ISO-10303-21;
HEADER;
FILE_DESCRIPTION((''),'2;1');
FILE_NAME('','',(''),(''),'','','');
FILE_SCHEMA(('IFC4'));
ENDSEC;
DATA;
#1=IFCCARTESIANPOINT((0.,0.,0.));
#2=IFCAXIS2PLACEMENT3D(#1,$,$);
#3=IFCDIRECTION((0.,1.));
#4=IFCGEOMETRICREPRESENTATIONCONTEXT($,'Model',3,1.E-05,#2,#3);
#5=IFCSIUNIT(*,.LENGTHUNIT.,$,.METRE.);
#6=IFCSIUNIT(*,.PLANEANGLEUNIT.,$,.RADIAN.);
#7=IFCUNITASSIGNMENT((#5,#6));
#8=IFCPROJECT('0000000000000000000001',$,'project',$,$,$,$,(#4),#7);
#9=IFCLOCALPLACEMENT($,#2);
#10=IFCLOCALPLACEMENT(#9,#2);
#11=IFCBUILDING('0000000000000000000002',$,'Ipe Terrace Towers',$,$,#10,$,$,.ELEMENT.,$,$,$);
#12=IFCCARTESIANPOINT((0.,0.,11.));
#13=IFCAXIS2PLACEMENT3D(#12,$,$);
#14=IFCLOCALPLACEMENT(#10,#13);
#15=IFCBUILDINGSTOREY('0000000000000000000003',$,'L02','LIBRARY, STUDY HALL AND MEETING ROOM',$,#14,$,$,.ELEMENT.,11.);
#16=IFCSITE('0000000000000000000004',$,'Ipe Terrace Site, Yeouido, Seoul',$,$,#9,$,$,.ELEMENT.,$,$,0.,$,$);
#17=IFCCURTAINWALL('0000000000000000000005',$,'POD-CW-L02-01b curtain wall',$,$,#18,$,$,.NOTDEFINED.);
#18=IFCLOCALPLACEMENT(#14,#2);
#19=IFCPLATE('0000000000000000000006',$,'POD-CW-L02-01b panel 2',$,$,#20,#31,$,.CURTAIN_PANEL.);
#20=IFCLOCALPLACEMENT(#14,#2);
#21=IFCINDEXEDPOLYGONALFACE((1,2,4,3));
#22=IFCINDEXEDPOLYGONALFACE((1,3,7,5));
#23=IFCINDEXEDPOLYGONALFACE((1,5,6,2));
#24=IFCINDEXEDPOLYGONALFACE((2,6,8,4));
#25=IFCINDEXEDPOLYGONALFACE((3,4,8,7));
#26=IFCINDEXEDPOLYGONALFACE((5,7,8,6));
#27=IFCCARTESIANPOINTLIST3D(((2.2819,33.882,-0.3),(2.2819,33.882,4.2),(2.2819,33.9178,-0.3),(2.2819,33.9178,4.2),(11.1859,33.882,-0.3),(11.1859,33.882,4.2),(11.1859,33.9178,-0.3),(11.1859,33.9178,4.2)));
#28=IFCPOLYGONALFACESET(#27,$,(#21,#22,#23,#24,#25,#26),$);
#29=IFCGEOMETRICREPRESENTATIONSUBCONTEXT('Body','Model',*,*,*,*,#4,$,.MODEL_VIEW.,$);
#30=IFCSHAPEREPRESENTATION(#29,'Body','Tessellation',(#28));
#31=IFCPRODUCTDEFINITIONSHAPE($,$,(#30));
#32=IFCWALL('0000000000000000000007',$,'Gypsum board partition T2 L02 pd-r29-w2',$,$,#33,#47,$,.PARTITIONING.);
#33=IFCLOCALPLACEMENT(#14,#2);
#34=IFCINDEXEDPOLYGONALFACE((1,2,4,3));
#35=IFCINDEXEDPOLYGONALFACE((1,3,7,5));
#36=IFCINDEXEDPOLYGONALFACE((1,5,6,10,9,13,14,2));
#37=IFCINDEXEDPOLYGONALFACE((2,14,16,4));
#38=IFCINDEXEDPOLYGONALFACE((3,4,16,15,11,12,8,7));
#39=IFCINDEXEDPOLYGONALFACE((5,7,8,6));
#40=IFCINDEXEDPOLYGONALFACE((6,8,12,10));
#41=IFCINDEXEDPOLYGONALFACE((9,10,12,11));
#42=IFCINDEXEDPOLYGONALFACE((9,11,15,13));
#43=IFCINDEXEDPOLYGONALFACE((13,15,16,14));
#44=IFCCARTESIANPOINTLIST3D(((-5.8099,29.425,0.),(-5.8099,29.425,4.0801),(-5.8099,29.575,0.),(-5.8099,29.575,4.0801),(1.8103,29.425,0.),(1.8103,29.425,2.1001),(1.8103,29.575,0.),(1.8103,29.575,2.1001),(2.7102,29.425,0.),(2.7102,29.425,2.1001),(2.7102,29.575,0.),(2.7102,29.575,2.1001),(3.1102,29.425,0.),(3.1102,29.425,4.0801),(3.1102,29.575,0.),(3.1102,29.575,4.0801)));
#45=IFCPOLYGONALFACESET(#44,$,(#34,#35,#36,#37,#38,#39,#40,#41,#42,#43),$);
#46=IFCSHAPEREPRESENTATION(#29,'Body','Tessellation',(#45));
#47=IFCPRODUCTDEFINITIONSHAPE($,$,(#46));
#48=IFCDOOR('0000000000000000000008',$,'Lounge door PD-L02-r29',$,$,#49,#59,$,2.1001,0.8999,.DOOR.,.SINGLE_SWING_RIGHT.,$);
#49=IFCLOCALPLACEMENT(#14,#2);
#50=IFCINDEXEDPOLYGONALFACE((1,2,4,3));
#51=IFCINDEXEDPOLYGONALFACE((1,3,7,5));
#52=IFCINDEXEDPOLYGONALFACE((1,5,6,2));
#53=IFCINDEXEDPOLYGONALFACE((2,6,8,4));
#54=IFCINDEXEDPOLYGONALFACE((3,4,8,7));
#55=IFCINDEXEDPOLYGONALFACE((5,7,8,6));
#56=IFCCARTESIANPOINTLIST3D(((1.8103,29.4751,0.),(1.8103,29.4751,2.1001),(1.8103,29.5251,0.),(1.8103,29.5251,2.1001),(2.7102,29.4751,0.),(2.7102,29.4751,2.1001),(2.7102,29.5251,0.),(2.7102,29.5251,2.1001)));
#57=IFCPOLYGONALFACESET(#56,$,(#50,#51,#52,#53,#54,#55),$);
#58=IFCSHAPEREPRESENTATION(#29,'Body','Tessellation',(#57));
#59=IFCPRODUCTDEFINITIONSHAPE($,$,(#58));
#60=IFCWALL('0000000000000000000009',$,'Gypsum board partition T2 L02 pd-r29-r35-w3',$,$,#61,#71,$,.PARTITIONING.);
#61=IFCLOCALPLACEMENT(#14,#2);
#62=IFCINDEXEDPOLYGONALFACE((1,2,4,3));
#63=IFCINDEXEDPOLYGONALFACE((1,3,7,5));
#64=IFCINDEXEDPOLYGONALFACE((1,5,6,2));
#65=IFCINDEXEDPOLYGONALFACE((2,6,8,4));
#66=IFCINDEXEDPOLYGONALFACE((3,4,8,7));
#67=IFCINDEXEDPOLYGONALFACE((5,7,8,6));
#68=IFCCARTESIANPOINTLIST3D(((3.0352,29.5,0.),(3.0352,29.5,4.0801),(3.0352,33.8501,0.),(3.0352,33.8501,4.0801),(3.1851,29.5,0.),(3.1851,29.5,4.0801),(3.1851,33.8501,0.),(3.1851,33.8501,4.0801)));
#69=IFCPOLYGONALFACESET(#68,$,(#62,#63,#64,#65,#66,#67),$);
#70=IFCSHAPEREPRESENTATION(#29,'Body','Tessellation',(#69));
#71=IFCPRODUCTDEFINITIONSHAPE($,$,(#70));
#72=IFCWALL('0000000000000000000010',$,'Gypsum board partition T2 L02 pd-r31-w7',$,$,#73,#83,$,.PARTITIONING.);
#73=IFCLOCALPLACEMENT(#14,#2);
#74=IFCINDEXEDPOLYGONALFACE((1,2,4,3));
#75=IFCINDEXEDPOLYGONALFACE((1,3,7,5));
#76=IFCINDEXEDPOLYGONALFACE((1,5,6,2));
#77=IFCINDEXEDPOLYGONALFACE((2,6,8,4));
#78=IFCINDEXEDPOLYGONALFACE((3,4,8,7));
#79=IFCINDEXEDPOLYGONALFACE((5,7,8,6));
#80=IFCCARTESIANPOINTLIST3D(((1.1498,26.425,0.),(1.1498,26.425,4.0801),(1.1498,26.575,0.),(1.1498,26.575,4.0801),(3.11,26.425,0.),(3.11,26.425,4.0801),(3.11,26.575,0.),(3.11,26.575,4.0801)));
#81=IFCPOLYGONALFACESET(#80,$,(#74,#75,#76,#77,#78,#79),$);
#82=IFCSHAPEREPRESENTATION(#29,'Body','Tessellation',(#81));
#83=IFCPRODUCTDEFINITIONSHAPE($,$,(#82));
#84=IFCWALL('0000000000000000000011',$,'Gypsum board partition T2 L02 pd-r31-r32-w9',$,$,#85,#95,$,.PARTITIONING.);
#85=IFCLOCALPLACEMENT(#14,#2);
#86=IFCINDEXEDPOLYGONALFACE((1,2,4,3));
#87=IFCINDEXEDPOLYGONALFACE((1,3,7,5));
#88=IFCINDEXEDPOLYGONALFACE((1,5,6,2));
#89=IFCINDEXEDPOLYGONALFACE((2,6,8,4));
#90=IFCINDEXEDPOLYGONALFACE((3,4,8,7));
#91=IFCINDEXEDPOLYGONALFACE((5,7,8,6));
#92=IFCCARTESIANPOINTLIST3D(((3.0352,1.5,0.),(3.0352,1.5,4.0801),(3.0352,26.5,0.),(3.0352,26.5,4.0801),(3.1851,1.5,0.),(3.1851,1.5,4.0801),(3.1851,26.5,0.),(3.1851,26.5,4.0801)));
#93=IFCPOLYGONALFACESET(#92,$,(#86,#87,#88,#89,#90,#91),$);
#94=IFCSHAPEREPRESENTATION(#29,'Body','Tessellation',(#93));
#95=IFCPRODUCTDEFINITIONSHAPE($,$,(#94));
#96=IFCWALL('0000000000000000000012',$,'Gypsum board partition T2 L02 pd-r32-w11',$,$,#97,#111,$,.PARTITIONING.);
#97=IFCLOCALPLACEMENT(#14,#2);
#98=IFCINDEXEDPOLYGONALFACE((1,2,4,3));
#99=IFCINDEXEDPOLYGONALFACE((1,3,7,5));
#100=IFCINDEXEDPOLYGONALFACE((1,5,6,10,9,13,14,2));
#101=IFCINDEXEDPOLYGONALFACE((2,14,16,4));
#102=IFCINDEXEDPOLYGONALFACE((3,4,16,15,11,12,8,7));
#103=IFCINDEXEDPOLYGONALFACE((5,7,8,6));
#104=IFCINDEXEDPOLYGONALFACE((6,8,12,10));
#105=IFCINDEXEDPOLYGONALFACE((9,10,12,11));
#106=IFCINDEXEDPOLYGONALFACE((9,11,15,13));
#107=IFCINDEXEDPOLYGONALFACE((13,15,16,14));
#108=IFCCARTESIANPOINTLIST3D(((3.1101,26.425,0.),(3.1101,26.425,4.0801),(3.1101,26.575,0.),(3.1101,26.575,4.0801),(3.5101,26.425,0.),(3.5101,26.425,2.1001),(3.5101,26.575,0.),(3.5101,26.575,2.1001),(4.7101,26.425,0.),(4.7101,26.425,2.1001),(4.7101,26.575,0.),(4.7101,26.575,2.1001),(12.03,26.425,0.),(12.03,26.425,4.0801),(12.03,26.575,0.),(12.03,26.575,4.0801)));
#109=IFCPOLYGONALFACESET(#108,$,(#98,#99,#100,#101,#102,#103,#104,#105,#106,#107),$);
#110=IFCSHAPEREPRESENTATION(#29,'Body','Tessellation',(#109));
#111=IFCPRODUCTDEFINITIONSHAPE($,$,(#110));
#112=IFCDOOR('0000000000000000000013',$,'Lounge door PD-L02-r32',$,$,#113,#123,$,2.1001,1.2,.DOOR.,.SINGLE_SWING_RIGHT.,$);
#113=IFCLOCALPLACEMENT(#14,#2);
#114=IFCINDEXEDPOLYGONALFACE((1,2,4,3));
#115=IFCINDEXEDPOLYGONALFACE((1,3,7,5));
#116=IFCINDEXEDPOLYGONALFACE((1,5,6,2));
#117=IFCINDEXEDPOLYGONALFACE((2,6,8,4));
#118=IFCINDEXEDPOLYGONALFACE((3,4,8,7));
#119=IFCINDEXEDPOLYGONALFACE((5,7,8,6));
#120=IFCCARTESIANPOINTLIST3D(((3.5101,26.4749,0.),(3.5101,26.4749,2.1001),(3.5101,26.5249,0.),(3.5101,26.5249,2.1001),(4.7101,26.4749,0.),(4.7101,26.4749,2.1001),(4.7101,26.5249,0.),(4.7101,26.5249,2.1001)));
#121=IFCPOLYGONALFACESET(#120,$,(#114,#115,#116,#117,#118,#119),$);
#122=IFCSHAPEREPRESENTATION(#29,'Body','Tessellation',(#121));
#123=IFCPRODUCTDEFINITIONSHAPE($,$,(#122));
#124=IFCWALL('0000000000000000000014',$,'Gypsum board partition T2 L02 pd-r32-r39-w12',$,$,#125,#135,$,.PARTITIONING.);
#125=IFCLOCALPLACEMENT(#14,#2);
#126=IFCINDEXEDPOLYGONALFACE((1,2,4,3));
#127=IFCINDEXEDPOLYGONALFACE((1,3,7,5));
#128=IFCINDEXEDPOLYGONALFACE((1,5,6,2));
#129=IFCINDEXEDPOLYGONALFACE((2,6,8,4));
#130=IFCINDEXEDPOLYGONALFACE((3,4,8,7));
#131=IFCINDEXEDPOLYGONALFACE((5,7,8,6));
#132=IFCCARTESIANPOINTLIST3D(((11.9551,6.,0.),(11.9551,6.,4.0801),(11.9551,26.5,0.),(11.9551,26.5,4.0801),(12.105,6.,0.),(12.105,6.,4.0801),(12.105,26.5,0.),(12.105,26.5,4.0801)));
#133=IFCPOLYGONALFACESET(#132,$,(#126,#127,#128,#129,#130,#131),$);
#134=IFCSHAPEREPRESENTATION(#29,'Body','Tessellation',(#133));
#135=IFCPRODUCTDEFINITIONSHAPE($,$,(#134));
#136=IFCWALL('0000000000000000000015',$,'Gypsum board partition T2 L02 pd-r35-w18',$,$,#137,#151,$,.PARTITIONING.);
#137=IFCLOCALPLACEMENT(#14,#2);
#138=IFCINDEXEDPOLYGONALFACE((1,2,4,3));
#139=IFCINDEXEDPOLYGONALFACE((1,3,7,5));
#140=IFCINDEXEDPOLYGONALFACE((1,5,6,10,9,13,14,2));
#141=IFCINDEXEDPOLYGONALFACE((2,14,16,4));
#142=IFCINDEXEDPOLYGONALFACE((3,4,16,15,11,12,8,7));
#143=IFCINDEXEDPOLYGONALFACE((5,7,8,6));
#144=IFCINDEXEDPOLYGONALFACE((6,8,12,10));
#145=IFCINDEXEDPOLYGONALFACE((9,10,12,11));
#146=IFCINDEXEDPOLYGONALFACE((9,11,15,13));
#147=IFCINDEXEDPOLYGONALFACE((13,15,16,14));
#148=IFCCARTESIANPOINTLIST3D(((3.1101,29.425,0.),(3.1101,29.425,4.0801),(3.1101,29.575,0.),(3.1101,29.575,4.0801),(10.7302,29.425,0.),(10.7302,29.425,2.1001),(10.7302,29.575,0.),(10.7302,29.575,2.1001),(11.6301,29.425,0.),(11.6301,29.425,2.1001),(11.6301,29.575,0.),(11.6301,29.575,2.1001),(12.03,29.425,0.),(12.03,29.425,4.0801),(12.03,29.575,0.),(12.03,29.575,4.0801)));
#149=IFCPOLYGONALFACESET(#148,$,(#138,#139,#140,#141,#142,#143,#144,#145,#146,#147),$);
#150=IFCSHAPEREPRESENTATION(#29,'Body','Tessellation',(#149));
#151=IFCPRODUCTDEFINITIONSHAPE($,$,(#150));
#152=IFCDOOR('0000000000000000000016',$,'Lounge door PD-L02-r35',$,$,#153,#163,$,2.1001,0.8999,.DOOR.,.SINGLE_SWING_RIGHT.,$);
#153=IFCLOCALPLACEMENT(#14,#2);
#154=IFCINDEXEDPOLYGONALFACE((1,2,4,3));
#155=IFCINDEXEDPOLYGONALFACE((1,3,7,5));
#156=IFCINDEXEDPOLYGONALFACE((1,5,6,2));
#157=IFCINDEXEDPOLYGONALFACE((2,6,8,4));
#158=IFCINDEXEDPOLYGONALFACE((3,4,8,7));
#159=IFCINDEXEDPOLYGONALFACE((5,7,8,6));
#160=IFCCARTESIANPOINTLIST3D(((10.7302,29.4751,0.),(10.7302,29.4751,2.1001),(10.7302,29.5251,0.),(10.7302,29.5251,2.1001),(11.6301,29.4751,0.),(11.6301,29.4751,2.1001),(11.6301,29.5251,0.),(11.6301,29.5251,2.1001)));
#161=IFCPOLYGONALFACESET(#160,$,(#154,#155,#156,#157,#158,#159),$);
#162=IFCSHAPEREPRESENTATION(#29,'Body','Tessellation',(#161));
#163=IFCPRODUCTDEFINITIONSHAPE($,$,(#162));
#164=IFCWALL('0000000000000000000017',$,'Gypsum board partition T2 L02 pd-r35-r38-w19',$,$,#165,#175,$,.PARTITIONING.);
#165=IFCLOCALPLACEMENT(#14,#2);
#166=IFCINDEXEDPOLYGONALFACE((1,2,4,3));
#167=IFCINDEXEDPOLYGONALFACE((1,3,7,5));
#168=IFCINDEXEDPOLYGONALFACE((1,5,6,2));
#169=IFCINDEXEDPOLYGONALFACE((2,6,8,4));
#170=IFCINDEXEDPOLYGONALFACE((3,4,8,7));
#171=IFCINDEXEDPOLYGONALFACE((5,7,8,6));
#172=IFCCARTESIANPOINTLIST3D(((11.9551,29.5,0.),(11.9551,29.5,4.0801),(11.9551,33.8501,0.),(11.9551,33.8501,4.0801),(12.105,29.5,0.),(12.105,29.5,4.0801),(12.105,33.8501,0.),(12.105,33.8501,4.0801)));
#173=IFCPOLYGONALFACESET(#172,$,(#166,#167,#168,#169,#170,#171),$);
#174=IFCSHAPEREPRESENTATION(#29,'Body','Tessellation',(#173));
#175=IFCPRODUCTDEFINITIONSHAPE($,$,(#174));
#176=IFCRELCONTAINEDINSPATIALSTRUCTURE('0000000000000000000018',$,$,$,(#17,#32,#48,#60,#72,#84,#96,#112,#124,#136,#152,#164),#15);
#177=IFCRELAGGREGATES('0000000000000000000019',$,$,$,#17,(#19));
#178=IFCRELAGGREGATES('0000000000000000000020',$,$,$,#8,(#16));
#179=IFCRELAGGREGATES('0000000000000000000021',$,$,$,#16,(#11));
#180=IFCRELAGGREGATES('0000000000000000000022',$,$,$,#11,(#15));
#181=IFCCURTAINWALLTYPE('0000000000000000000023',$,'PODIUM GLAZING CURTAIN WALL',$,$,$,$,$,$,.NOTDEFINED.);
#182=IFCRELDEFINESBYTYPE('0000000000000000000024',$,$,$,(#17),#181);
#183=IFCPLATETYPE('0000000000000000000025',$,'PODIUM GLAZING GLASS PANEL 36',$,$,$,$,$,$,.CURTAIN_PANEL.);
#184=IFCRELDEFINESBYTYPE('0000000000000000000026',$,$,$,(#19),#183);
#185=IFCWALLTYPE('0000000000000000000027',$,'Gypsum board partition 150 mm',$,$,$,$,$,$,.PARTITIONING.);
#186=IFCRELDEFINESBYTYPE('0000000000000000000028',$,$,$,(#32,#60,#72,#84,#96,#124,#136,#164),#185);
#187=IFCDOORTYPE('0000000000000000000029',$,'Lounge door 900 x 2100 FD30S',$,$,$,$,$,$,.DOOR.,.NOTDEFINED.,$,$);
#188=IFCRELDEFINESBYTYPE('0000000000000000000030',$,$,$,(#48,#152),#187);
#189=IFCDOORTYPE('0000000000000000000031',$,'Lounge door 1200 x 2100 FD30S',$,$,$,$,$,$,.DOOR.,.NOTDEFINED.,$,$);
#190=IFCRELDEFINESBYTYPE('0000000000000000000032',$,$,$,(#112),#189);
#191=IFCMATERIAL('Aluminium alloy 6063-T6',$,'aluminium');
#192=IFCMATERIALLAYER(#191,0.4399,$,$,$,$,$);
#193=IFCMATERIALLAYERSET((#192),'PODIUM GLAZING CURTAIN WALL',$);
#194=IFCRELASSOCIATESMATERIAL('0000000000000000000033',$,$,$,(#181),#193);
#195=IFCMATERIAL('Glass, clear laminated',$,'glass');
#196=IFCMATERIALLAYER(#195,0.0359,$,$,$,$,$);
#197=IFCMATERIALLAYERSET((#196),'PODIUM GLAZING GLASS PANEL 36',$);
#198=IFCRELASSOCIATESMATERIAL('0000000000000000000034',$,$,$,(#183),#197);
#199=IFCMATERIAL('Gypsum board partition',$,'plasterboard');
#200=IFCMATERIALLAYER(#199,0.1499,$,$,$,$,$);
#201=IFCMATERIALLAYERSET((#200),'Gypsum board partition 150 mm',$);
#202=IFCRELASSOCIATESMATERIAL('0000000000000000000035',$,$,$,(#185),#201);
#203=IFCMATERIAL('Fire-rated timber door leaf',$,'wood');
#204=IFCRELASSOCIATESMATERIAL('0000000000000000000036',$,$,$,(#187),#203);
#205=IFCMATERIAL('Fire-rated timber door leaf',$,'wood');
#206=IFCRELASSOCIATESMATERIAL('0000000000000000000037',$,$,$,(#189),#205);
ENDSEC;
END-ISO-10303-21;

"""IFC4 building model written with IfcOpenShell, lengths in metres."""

from ifc_helpers import new_model, si_unit, direction, frame, frame_2d, origin, origin_2d, place, context, subcontext, project, spatial, rectangle, extrude, material, layer, layer_set, type_object, element, fill, aggregate, save


model = new_model("IFC4")

# Units and contexts
model_context = context("Model", 3, precision=1e-05, world=origin(), true_north=direction((0.0, 1.0)))
body_context = subcontext(model_context, "Body", "Model", "MODEL_VIEW")
ifc_project = project(units=[si_unit("LENGTHUNIT", "METRE"), si_unit("PLANEANGLEUNIT", "RADIAN")], contexts=[model_context])

# Site, building, storey
site_placement = place(None, origin())
site = spatial("IfcSite", under=ifc_project, at=site_placement, Name="Ipe Terrace Site, Yeouido, Seoul", CompositionType="ELEMENT", RefElevation=0.0)
building_placement = place(site_placement, origin())
building = spatial("IfcBuilding", under=site, at=building_placement, Name="Ipe Terrace Towers", CompositionType="ELEMENT")
storey_placement = place(building_placement, frame((0.0, 0.0, 11.0)))
storey = spatial("IfcBuildingStorey", under=building, at=storey_placement, Name="L02", Description="LIBRARY, STUDY HALL AND MEETING ROOM", CompositionType="ELEMENT", Elevation=11.0)

# Curtain wall, plate
ifc_material_1 = material(Name="Aluminium alloy 6063-T6", Category="aluminium")
ifc_layer_1 = layer(ifc_material_1, 0.4399)
ifc_layer_set_1 = layer_set([ifc_layer_1], Name="PODIUM GLAZING CURTAIN WALL")
curtain_wall_type = type_object("IfcCurtainWallType", Name="PODIUM GLAZING CURTAIN WALL", PredefinedType="NOTDEFINED", material=ifc_layer_set_1)
curtain_wall_placement = place(storey_placement, origin())
curtain_wall = element("IfcCurtainWall", 1, at=curtain_wall_placement, inside=storey, type_object=curtain_wall_type, Name="POD-CW-L02-01b curtain wall", PredefinedType="NOTDEFINED")
ifc_material_2 = material(Name="Glass, clear laminated", Category="glass")
ifc_layer_2 = layer(ifc_material_2, 0.0359)
ifc_layer_set_2 = layer_set([ifc_layer_2], Name="PODIUM GLAZING GLASS PANEL 36")
plate_type = type_object("IfcPlateType", Name="PODIUM GLAZING GLASS PANEL 36", PredefinedType="CURTAIN_PANEL", material=ifc_layer_set_2)
plate_1_placement = place(storey_placement, frame((6.7339, 33.8999, -0.3), z_axis=(0.0, 0.0, 1.0), x_axis=(-1.0, 0.0, 0.0)))
plate_1 = element("IfcPlate", 2, at=plate_1_placement, type_object=plate_type, Name="POD-CW-L02-01b panel 2", PredefinedType="CURTAIN_PANEL", context=body_context, shape_type="SweptSolid", body=[
    extrude(rectangle(XDim=8.9041, YDim=0.0359, at=origin_2d()), origin(), (0.0, 0.0, 1.0), 4.5),
])
aggregate(curtain_wall, [plate_1])

# Wall, opening, door
ifc_material_3 = material(Name="Gypsum board partition", Category="plasterboard")
ifc_layer_3 = layer(ifc_material_3, 0.1499)
ifc_layer_set_3 = layer_set([ifc_layer_3], Name="Gypsum board partition 150 mm")
wall_type = type_object("IfcWallType", Name="Gypsum board partition 150 mm", PredefinedType="PARTITIONING", material=ifc_layer_set_3)
wall_1_placement = place(storey_placement, frame((3.1101, 29.5, 0.0), z_axis=(0.0, 0.0, 1.0), x_axis=(-1.0, 0.0, 0.0)))
wall_1 = element("IfcWall", 3, at=wall_1_placement, inside=storey, type_object=wall_type, Name="Gypsum board partition T2 L02 pd-r29-w2", PredefinedType="PARTITIONING", context=body_context, shape_type="SweptSolid", body=[
    extrude(rectangle(XDim=8.9202, YDim=0.1499, at=frame_2d((4.46, 0.0))), origin(), (0.0, 0.0, 1.0), 4.0801),
])
opening_1_placement = place(wall_1_placement, frame((0.3999, 0.0, 0.0)))
opening_1 = element("IfcOpeningElement", 4, at=opening_1_placement, cuts=wall_1, PredefinedType="OPENING", context=body_context, shape_type="SweptSolid", body=[
    extrude(rectangle(XDim=0.8999, YDim=2.1001, at=frame_2d((0.45, 1.05))), frame((0.0, 0.085, 0.0), z_axis=(0.0, -1.0, 0.0), x_axis=(1.0, 0.0, 0.0)), (0.0, 0.0, 1.0), 0.1699),
])
ifc_material_4 = material(Name="Fire-rated timber door leaf", Category="wood")
door_type_1 = type_object("IfcDoorType", Name="Lounge door 900 x 2100 FD30S", OperationType="NOTDEFINED", PredefinedType="DOOR", material=ifc_material_4)
door_1_placement = place(opening_1_placement, origin())
door_1 = element("IfcDoor", 5, at=door_1_placement, inside=storey, type_object=door_type_1, Name="Lounge door PD-L02-r29", OperationType="SINGLE_SWING_RIGHT", OverallHeight=2.1001, OverallWidth=0.8999, PredefinedType="DOOR", context=body_context, shape_type="SweptSolid", body=[
    extrude(rectangle(XDim=0.8999, YDim=2.1001, at=frame_2d((0.45, 1.05))), frame((0.0, 0.0249, 0.0), z_axis=(0.0, -1.0, 0.0), x_axis=(1.0, 0.0, 0.0)), (0.0, 0.0, 1.0), 0.05),
])
fill(opening_1, door_1)

# Walls
wall_2_placement = place(storey_placement, frame((3.1101, 33.8501, 0.0), z_axis=(0.0, 0.0, 1.0), x_axis=(0.0, -1.0, 0.0)))
element("IfcWall", 6, at=wall_2_placement, inside=storey, type_object=wall_type, Name="Gypsum board partition T2 L02 pd-r29-r35-w3", PredefinedType="PARTITIONING", context=body_context, shape_type="SweptSolid", body=[
    extrude(rectangle(XDim=4.3501, YDim=0.1499, at=frame_2d((2.175, 0.0))), origin(), (0.0, 0.0, 1.0), 4.0801),
])
wall_3_placement = place(storey_placement, frame((1.1499, 26.5, 0.0), z_axis=(0.0, 0.0, 1.0), x_axis=(1.0, 0.0, 0.0)))
element("IfcWall", 7, at=wall_3_placement, inside=storey, type_object=wall_type, Name="Gypsum board partition T2 L02 pd-r31-w7", PredefinedType="PARTITIONING", context=body_context, shape_type="SweptSolid", body=[
    extrude(rectangle(XDim=1.9602, YDim=0.1499, at=frame_2d((0.98, 0.0))), origin(), (0.0, 0.0, 1.0), 4.0801),
])
wall_4_placement = place(storey_placement, frame((3.1101, 26.5, 0.0), z_axis=(0.0, 0.0, 1.0), x_axis=(0.0, -1.0, 0.0)))
element("IfcWall", 8, at=wall_4_placement, inside=storey, type_object=wall_type, Name="Gypsum board partition T2 L02 pd-r31-r32-w9", PredefinedType="PARTITIONING", context=body_context, shape_type="SweptSolid", body=[
    extrude(rectangle(XDim=25.0, YDim=0.1499, at=frame_2d((12.5, 0.0))), origin(), (0.0, 0.0, 1.0), 4.0801),
])

# Wall, opening, door
wall_5_placement = place(storey_placement, frame((3.1101, 26.5, 0.0), z_axis=(0.0, 0.0, 1.0), x_axis=(1.0, 0.0, 0.0)))
wall_5 = element("IfcWall", 9, at=wall_5_placement, inside=storey, type_object=wall_type, Name="Gypsum board partition T2 L02 pd-r32-w11", PredefinedType="PARTITIONING", context=body_context, shape_type="SweptSolid", body=[
    extrude(rectangle(XDim=8.9199, YDim=0.1499, at=frame_2d((4.46, 0.0))), origin(), (0.0, 0.0, 1.0), 4.0801),
])
opening_2_placement = place(wall_5_placement, frame((0.3999, 0.0, 0.0)))
opening_2 = element("IfcOpeningElement", 10, at=opening_2_placement, cuts=wall_5, PredefinedType="OPENING", context=body_context, shape_type="SweptSolid", body=[
    extrude(rectangle(XDim=1.2, YDim=2.1001, at=frame_2d((0.6001, 1.05))), frame((0.0, 0.085, 0.0), z_axis=(0.0, -1.0, 0.0), x_axis=(1.0, 0.0, 0.0)), (0.0, 0.0, 1.0), 0.1699),
])
ifc_material_5 = material(Name="Fire-rated timber door leaf", Category="wood")
door_type_2 = type_object("IfcDoorType", Name="Lounge door 1200 x 2100 FD30S", OperationType="NOTDEFINED", PredefinedType="DOOR", material=ifc_material_5)
door_2_placement = place(opening_2_placement, origin())
door_2 = element("IfcDoor", 11, at=door_2_placement, inside=storey, type_object=door_type_2, Name="Lounge door PD-L02-r32", OperationType="SINGLE_SWING_RIGHT", OverallHeight=2.1001, OverallWidth=1.2, PredefinedType="DOOR", context=body_context, shape_type="SweptSolid", body=[
    extrude(rectangle(XDim=1.2, YDim=2.1001, at=frame_2d((0.6001, 1.05))), frame((0.0, 0.0249, 0.0), z_axis=(0.0, -1.0, 0.0), x_axis=(1.0, 0.0, 0.0)), (0.0, 0.0, 1.0), 0.05),
])
fill(opening_2, door_2)

# Wall
wall_6_placement = place(storey_placement, frame((12.03, 26.5, 0.0), z_axis=(0.0, 0.0, 1.0), x_axis=(0.0, -1.0, 0.0)))
element("IfcWall", 12, at=wall_6_placement, inside=storey, type_object=wall_type, Name="Gypsum board partition T2 L02 pd-r32-r39-w12", PredefinedType="PARTITIONING", context=body_context, shape_type="SweptSolid", body=[
    extrude(rectangle(XDim=20.5, YDim=0.1499, at=frame_2d((10.25, 0.0))), origin(), (0.0, 0.0, 1.0), 4.0801),
])

# Wall, opening, door
wall_7_placement = place(storey_placement, frame((12.03, 29.5, 0.0), z_axis=(0.0, 0.0, 1.0), x_axis=(-1.0, 0.0, 0.0)))
wall_7 = element("IfcWall", 13, at=wall_7_placement, inside=storey, type_object=wall_type, Name="Gypsum board partition T2 L02 pd-r35-w18", PredefinedType="PARTITIONING", context=body_context, shape_type="SweptSolid", body=[
    extrude(rectangle(XDim=8.9199, YDim=0.1499, at=frame_2d((4.46, 0.0))), origin(), (0.0, 0.0, 1.0), 4.0801),
])
opening_3_placement = place(wall_7_placement, frame((0.3999, 0.0, 0.0)))
opening_3 = element("IfcOpeningElement", 14, at=opening_3_placement, cuts=wall_7, PredefinedType="OPENING", context=body_context, shape_type="SweptSolid", body=[
    extrude(rectangle(XDim=0.8999, YDim=2.1001, at=frame_2d((0.45, 1.05))), frame((0.0, 0.085, 0.0), z_axis=(0.0, -1.0, 0.0), x_axis=(1.0, 0.0, 0.0)), (0.0, 0.0, 1.0), 0.1699),
])
door_3_placement = place(opening_3_placement, origin())
door_3 = element("IfcDoor", 15, at=door_3_placement, inside=storey, type_object=door_type_1, Name="Lounge door PD-L02-r35", OperationType="SINGLE_SWING_RIGHT", OverallHeight=2.1001, OverallWidth=0.8999, PredefinedType="DOOR", context=body_context, shape_type="SweptSolid", body=[
    extrude(rectangle(XDim=0.8999, YDim=2.1001, at=frame_2d((0.45, 1.05))), frame((0.0, 0.0249, 0.0), z_axis=(0.0, -1.0, 0.0), x_axis=(1.0, 0.0, 0.0)), (0.0, 0.0, 1.0), 0.05),
])
fill(opening_3, door_3)

# Wall
wall_8_placement = place(storey_placement, frame((12.03, 33.8501, 0.0), z_axis=(0.0, 0.0, 1.0), x_axis=(0.0, -1.0, 0.0)))
element("IfcWall", 16, at=wall_8_placement, inside=storey, type_object=wall_type, Name="Gypsum board partition T2 L02 pd-r35-r38-w19", PredefinedType="PARTITIONING", context=body_context, shape_type="SweptSolid", body=[
    extrude(rectangle(XDim=4.3501, YDim=0.1499, at=frame_2d((2.175, 0.0))), origin(), (0.0, 0.0, 1.0), 4.0801),
])

save(model, "model.ifc")
